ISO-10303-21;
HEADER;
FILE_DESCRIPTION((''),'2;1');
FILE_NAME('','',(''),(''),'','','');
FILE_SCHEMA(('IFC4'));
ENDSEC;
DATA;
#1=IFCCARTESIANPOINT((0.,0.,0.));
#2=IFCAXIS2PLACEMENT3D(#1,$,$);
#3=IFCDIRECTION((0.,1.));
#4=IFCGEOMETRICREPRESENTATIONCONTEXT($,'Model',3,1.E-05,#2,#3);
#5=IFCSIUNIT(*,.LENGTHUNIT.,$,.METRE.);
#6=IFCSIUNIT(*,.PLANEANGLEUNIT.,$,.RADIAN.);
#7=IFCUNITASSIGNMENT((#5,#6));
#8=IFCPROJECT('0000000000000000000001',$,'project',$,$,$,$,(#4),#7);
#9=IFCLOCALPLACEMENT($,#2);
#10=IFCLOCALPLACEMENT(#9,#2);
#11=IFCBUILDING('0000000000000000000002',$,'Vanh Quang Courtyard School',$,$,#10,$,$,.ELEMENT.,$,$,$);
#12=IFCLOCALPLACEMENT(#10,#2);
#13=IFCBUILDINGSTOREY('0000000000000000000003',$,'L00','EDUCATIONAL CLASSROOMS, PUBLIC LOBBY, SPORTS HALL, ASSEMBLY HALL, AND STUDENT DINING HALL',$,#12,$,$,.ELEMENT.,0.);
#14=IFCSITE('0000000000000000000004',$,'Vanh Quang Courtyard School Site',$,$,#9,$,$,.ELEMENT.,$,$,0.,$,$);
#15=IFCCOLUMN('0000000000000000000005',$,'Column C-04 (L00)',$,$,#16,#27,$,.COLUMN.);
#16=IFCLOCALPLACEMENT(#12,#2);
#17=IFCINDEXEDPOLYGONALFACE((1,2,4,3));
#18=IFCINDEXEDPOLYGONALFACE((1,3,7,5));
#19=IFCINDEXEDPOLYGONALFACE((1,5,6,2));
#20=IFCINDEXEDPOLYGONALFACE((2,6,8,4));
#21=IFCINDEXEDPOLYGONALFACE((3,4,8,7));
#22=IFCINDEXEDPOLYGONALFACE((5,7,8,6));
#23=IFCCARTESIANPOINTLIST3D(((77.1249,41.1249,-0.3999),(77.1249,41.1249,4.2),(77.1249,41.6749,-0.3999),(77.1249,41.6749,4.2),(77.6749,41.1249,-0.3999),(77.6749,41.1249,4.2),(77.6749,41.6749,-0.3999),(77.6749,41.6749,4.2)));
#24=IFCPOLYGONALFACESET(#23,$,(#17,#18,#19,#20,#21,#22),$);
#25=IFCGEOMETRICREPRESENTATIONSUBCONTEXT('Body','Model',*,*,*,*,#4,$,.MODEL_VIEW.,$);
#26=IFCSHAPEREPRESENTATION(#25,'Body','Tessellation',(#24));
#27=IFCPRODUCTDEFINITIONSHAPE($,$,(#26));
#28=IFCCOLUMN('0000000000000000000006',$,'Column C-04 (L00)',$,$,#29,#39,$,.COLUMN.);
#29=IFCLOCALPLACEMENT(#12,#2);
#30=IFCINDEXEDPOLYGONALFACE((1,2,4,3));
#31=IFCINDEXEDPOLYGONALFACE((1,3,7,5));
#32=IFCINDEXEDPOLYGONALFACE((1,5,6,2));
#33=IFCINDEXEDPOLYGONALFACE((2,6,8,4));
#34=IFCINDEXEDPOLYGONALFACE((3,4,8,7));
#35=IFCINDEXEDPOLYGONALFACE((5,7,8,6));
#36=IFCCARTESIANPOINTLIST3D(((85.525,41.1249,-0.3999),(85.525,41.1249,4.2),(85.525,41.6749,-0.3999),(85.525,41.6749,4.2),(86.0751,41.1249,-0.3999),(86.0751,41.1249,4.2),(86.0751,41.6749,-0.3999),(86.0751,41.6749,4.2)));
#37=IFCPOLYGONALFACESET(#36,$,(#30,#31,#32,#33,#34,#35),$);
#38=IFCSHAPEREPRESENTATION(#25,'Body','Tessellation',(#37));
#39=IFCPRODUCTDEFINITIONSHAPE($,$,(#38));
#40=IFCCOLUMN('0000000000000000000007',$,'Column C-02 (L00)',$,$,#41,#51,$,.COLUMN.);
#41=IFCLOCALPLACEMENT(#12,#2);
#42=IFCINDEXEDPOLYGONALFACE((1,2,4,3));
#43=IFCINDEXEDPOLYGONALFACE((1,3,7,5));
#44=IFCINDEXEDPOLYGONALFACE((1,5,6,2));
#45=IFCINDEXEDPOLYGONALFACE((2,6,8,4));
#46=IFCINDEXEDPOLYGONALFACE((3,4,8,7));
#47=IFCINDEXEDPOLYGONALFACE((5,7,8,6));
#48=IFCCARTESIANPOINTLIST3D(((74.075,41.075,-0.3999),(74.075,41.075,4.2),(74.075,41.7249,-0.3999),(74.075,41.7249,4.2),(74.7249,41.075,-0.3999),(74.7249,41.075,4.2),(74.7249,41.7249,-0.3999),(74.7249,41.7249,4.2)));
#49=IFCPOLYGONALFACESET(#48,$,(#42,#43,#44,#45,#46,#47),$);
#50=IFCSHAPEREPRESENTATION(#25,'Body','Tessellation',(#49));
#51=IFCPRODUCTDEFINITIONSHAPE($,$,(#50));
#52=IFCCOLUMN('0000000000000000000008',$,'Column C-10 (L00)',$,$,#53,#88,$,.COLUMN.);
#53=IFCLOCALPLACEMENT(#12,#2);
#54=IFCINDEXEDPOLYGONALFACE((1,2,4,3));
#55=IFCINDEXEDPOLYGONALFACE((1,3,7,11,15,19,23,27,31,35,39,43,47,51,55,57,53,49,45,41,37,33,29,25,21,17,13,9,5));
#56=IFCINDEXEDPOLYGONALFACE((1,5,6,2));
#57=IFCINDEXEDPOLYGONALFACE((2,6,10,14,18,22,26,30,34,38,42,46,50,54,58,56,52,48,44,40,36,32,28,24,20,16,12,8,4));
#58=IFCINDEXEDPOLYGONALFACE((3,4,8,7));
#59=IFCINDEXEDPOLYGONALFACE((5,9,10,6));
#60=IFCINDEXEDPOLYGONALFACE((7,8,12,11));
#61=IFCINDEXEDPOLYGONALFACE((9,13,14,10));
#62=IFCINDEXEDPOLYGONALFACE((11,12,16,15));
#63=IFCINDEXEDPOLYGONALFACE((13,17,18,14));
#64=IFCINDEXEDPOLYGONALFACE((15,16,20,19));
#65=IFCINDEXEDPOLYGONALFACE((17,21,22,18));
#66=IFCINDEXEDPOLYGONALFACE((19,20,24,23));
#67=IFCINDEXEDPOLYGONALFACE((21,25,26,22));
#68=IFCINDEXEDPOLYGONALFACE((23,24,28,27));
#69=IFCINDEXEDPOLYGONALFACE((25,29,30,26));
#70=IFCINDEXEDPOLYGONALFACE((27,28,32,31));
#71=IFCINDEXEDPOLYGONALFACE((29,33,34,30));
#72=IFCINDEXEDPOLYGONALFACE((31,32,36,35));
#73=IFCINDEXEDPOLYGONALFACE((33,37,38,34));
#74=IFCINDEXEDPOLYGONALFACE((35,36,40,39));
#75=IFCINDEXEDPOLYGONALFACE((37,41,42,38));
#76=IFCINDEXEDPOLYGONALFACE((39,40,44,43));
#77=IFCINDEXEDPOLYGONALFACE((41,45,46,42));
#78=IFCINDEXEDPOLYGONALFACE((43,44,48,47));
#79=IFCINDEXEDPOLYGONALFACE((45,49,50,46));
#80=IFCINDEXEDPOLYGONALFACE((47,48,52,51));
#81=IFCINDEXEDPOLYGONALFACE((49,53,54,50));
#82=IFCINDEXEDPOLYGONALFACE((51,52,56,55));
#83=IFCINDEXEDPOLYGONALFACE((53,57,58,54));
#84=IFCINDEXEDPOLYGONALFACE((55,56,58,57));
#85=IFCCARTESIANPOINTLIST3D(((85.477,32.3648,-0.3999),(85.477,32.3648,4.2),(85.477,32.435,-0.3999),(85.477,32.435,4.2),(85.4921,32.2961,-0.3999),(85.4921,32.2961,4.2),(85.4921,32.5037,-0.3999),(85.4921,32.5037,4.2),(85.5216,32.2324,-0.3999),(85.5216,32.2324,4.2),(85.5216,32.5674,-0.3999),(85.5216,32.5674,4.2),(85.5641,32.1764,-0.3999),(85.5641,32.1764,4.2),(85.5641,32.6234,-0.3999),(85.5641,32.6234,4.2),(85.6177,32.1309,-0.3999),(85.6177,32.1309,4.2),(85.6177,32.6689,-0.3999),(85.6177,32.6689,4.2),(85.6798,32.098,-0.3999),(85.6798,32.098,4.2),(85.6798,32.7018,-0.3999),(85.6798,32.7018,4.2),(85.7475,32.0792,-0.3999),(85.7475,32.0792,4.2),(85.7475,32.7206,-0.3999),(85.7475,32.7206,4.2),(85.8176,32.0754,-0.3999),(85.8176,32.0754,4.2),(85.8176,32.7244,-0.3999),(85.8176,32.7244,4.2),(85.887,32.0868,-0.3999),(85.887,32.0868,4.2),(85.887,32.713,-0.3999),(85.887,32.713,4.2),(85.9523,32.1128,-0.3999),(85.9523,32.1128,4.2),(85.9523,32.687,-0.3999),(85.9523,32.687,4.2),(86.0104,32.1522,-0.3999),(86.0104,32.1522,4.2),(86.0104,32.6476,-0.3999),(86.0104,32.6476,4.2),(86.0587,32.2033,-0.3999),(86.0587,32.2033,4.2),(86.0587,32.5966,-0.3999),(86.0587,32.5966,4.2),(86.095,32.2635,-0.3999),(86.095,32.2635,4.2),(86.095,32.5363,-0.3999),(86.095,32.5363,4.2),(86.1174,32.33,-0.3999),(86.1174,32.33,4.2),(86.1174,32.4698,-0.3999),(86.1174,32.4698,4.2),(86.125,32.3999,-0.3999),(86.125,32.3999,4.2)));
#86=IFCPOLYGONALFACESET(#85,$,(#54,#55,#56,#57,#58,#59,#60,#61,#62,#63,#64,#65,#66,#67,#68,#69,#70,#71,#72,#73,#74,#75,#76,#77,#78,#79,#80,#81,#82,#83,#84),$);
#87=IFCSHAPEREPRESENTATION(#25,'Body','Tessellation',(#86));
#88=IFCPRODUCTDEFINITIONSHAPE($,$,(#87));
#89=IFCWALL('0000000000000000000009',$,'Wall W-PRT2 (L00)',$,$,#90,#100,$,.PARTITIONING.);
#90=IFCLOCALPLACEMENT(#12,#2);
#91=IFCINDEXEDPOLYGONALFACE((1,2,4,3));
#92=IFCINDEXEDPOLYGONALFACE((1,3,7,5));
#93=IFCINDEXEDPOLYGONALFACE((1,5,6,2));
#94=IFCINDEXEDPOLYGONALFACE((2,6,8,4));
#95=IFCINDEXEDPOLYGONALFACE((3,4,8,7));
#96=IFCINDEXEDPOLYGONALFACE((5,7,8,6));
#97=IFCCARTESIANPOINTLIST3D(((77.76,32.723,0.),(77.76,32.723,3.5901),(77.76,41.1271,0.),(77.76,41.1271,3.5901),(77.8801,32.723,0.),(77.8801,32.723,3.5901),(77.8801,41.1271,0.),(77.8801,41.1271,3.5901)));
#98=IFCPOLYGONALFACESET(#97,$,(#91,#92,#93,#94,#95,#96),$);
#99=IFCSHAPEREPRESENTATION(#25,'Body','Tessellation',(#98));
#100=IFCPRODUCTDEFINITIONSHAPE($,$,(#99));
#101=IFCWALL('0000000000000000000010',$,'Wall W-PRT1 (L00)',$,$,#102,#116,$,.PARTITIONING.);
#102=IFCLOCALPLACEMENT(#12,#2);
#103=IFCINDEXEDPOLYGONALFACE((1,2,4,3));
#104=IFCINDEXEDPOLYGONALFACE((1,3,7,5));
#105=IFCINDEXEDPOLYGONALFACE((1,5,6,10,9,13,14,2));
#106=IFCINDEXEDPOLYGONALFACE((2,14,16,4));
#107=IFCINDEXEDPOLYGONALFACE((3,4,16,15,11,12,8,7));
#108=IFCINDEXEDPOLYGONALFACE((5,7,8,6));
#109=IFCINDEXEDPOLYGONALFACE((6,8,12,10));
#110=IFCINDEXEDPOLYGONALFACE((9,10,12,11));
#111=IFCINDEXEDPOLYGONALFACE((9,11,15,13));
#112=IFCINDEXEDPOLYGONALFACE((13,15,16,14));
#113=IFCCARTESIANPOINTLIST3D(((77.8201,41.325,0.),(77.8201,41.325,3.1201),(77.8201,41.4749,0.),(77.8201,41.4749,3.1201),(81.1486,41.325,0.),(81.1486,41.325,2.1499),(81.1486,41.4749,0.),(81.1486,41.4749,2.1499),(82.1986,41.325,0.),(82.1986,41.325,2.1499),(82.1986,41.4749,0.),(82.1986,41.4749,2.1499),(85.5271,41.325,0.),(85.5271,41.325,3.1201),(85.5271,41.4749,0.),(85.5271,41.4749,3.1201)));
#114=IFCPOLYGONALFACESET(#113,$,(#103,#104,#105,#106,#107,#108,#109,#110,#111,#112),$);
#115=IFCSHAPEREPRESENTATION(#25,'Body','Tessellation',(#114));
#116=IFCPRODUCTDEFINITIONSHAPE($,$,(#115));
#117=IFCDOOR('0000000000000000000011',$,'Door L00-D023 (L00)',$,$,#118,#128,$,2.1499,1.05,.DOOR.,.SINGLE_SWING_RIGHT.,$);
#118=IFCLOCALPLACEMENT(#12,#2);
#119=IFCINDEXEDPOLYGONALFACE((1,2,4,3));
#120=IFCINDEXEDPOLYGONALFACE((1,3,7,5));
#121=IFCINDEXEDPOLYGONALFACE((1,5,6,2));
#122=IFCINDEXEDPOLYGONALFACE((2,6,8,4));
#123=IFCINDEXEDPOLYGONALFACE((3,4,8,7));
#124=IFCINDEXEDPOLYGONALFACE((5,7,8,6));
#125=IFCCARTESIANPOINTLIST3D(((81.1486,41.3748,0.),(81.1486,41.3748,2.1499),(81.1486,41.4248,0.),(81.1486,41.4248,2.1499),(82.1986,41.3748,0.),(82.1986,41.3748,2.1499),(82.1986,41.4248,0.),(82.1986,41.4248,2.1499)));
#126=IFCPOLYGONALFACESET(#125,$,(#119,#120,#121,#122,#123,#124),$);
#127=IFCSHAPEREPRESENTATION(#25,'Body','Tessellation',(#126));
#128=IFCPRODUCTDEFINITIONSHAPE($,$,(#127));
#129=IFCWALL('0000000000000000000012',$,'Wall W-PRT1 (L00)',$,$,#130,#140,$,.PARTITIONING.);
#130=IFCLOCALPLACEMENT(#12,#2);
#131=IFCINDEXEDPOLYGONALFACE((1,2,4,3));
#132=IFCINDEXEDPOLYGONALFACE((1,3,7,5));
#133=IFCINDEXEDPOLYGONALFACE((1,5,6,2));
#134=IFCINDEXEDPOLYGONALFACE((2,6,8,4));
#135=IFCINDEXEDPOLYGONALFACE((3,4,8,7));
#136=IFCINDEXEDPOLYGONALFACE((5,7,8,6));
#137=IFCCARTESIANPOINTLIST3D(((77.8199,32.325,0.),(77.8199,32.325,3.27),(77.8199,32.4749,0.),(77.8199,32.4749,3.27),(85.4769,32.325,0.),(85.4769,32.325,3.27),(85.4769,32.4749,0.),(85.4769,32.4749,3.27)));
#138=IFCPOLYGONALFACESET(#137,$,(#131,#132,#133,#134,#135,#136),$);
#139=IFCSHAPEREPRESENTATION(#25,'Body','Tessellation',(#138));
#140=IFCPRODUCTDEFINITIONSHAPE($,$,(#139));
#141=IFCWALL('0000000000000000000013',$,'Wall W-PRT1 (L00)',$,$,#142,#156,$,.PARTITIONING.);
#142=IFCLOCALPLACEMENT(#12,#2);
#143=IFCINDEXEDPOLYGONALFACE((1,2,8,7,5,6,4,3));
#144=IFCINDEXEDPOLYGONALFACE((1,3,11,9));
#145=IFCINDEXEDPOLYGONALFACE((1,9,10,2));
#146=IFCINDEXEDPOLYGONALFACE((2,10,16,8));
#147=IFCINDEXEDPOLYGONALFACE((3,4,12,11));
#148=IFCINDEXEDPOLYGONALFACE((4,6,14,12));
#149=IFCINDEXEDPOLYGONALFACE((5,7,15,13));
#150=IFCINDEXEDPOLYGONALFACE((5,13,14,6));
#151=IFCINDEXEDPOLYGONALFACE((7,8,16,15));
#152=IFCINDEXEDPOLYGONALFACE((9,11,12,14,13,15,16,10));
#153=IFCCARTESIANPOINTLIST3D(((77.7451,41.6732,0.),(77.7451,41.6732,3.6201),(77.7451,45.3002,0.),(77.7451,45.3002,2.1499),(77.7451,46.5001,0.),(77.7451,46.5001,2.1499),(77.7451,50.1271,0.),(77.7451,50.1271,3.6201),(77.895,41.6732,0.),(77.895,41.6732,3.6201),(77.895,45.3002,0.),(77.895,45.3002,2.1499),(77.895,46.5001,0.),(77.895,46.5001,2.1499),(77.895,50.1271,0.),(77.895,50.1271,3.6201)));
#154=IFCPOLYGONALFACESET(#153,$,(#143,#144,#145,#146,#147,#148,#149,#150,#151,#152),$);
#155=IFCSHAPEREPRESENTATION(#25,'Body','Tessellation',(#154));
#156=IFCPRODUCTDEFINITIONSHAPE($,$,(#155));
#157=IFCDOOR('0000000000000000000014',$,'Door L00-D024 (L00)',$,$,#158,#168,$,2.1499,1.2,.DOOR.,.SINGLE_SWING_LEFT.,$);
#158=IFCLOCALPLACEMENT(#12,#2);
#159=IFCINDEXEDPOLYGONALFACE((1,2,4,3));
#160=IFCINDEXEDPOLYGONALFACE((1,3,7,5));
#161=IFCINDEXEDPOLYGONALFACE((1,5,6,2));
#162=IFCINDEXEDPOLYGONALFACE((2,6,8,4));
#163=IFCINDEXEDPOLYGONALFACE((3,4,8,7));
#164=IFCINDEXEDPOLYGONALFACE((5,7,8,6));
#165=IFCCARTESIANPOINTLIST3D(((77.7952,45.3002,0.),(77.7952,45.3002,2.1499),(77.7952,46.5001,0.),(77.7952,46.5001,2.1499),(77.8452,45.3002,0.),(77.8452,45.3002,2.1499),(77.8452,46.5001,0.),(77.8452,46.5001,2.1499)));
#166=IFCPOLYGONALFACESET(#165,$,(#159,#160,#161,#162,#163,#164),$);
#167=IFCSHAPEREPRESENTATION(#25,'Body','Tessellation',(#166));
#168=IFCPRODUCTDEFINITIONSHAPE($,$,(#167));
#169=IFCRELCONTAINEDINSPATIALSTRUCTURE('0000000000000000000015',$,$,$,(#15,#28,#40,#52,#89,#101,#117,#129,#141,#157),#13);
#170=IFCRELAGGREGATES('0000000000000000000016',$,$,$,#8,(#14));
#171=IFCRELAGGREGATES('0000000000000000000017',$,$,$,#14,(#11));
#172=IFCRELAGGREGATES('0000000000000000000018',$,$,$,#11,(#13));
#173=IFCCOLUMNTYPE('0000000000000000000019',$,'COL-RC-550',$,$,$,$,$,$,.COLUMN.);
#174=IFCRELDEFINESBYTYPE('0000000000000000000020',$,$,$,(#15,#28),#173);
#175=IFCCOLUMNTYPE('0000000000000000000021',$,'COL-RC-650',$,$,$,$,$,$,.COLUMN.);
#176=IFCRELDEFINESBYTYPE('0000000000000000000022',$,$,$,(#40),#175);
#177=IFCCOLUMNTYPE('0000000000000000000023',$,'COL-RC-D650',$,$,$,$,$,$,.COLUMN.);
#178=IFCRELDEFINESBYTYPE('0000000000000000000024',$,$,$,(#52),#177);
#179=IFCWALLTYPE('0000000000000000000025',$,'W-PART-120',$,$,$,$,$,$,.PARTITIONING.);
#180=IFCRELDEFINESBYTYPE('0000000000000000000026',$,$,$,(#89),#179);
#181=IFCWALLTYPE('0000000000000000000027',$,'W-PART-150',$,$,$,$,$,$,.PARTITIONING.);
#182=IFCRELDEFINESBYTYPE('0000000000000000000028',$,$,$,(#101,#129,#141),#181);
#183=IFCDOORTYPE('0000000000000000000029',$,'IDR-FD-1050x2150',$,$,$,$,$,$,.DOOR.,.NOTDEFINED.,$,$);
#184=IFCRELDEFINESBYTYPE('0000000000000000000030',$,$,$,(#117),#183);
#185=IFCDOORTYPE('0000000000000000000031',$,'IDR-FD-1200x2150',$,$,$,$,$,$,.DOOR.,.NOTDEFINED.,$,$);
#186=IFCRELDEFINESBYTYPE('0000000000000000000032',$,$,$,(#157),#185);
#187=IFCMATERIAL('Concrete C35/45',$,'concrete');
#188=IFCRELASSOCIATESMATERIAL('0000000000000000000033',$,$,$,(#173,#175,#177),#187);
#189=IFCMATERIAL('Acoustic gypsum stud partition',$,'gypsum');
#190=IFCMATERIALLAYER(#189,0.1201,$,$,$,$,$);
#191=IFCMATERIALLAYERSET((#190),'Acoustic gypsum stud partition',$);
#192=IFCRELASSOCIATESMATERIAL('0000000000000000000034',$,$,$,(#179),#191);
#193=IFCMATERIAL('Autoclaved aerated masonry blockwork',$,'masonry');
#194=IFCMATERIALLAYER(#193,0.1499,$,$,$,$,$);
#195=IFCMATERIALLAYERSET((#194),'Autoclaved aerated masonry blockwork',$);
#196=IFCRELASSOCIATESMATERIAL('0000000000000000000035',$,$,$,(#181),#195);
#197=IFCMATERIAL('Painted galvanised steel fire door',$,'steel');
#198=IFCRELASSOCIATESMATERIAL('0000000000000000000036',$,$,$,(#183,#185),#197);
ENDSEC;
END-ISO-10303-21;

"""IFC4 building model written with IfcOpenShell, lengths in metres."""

from ifc_helpers import new_model, si_unit, direction, frame, frame_2d, origin, origin_2d, place, context, subcontext, project, spatial, rectangle, circle, extrude, material, layer, layer_set, material_profile, profile_set, type_object, element, fill, save


model = new_model("IFC4")

# Units and contexts
model_context = context("Model", 3, precision=1e-05, world=origin(), true_north=direction((0.0, 1.0)))
body_context = subcontext(model_context, "Body", "Model", "MODEL_VIEW")
ifc_project = project(units=[si_unit("LENGTHUNIT", "METRE"), si_unit("PLANEANGLEUNIT", "RADIAN")], contexts=[model_context])

# Site, building, storey
site_placement = place(None, origin())
site = spatial("IfcSite", under=ifc_project, at=site_placement, Name="Vanh Quang Courtyard School Site", CompositionType="ELEMENT", RefElevation=0.0)
building_placement = place(site_placement, origin())
building = spatial("IfcBuilding", under=site, at=building_placement, Name="Vanh Quang Courtyard School", CompositionType="ELEMENT")
storey_placement = place(building_placement, origin())
storey = spatial("IfcBuildingStorey", under=building, at=storey_placement, Name="L00", Description="EDUCATIONAL CLASSROOMS, PUBLIC LOBBY, SPORTS HALL, ASSEMBLY HALL, AND STUDENT DINING HALL", CompositionType="ELEMENT", Elevation=0.0)

# Shared definitions
ifc_material_1 = material(Name="Concrete C35/45", Category="concrete")

# Columns
ifc_material_profile_1 = material_profile(ifc_material_1, rectangle(XDim=0.55, YDim=0.55, at=origin_2d()), Name="RC-COL 550x550")
ifc_profile_set_1 = profile_set([ifc_material_profile_1], Name="Concrete C35/45")
column_type_1 = type_object("IfcColumnType", Name="COL-RC-550", PredefinedType="COLUMN", material=ifc_profile_set_1)
for number, where, z_axis, x_axis, name in (
    (1, (77.3999, 41.3999, -0.3999), (0.0, 0.0, 1.0), (1.0, 0.0, 0.0), "Column C-04 (L00)"),
    (2, (85.8, 41.3999, -0.3999), (0.0, 0.0, 1.0), (1.0, 0.0, 0.0), "Column C-04 (L00)"),
):
    element("IfcColumn", number, at=place(storey_placement, frame(where, z_axis=z_axis, x_axis=x_axis)), inside=storey, type_object=column_type_1, Name=name, PredefinedType="COLUMN", context=body_context, shape_type="SweptSolid", body=[
        extrude(rectangle(XDim=0.55, YDim=0.55, at=origin_2d()), origin(), (0.0, 0.0, 1.0), 4.5999),
    ])
ifc_material_profile_2 = material_profile(ifc_material_1, rectangle(XDim=0.6499, YDim=0.6499, at=origin_2d()), Name="RC-COL 650x650")
ifc_profile_set_2 = profile_set([ifc_material_profile_2], Name="Concrete C35/45")
column_type_2 = type_object("IfcColumnType", Name="COL-RC-650", PredefinedType="COLUMN", material=ifc_profile_set_2)
column_1_placement = place(storey_placement, frame((74.3999, 41.3999, -0.3999), z_axis=(0.0, 0.0, 1.0), x_axis=(1.0, 0.0, 0.0)))
element("IfcColumn", 3, at=column_1_placement, inside=storey, type_object=column_type_2, Name="Column C-02 (L00)", PredefinedType="COLUMN", context=body_context, shape_type="SweptSolid", body=[
    extrude(rectangle(XDim=0.6499, YDim=0.6499, at=origin_2d()), origin(), (0.0, 0.0, 1.0), 4.5999),
])
ifc_material_profile_3 = material_profile(ifc_material_1, circle(Radius=0.325, at=origin_2d()), Name="RC-COL D650")
ifc_profile_set_3 = profile_set([ifc_material_profile_3], Name="Concrete C35/45")
column_type_3 = type_object("IfcColumnType", Name="COL-RC-D650", PredefinedType="COLUMN", material=ifc_profile_set_3)
column_2_placement = place(storey_placement, frame((85.8, 32.3999, -0.3999), z_axis=(0.0, 0.0, 1.0), x_axis=(1.0, 0.0, 0.0)))
element("IfcColumn", 4, at=column_2_placement, inside=storey, type_object=column_type_3, Name="Column C-10 (L00)", PredefinedType="COLUMN", context=body_context, shape_type="SweptSolid", body=[
    extrude(circle(Radius=0.325, at=origin_2d()), origin(), (0.0, 0.0, 1.0), 4.5999),
])

# Wall
ifc_material_2 = material(Name="Acoustic gypsum stud partition", Category="gypsum")
ifc_layer_1 = layer(ifc_material_2, 0.1201)
ifc_layer_set_1 = layer_set([ifc_layer_1], Name="Acoustic gypsum stud partition")
wall_type_1 = type_object("IfcWallType", Name="W-PART-120", PredefinedType="PARTITIONING", material=ifc_layer_set_1)
wall_1_placement = place(storey_placement, frame((77.8201, 32.7229, 0.0), z_axis=(0.0, 0.0, 1.0), x_axis=(0.0, 1.0, 0.0)))
element("IfcWall", 5, at=wall_1_placement, inside=storey, type_object=wall_type_1, Name="Wall W-PRT2 (L00)", PredefinedType="PARTITIONING", context=body_context, shape_type="SweptSolid", body=[
    extrude(rectangle(XDim=8.4041, YDim=0.1201, at=frame_2d((4.2021, 0.0))), origin(), (0.0, 0.0, 1.0), 3.5901),
])

# Wall, opening, door
ifc_material_3 = material(Name="Autoclaved aerated masonry blockwork", Category="masonry")
ifc_layer_2 = layer(ifc_material_3, 0.1499)
ifc_layer_set_2 = layer_set([ifc_layer_2], Name="Autoclaved aerated masonry blockwork")
wall_type_2 = type_object("IfcWallType", Name="W-PART-150", PredefinedType="PARTITIONING", material=ifc_layer_set_2)
wall_2_placement = place(storey_placement, frame((77.8201, 41.3999, 0.0), z_axis=(0.0, 0.0, 1.0), x_axis=(1.0, 0.0, 0.0)))
wall_2 = element("IfcWall", 6, at=wall_2_placement, inside=storey, type_object=wall_type_2, Name="Wall W-PRT1 (L00)", PredefinedType="PARTITIONING", context=body_context, shape_type="SweptSolid", body=[
    extrude(rectangle(XDim=7.707, YDim=0.1499, at=frame_2d((3.8535, 0.0))), origin(), (0.0, 0.0, 1.0), 3.1201),
])
opening_1_placement = place(wall_2_placement, frame((3.3286, 0.0, 0.0)))
opening_1 = element("IfcOpeningElement", 7, at=opening_1_placement, cuts=wall_2, PredefinedType="OPENING", context=body_context, shape_type="SweptSolid", body=[
    extrude(rectangle(XDim=1.05, YDim=2.1499, at=frame_2d((0.5249, 1.075))), frame((0.0, 0.085, 0.0), z_axis=(0.0, -1.0, 0.0), x_axis=(1.0, 0.0, 0.0)), (0.0, 0.0, 1.0), 0.1699),
])
ifc_material_4 = material(Name="Painted galvanised steel fire door", Category="steel")
door_type_1 = type_object("IfcDoorType", Name="IDR-FD-1050x2150", OperationType="NOTDEFINED", PredefinedType="DOOR", material=ifc_material_4)
door_1_placement = place(opening_1_placement, origin())
door_1 = element("IfcDoor", 8, at=door_1_placement, inside=storey, type_object=door_type_1, Name="Door L00-D023 (L00)", OperationType="SINGLE_SWING_RIGHT", OverallHeight=2.1499, OverallWidth=1.05, PredefinedType="DOOR", context=body_context, shape_type="SweptSolid", body=[
    extrude(rectangle(XDim=1.05, YDim=2.1499, at=frame_2d((0.5249, 1.075))), frame((0.0, 0.0249, 0.0), z_axis=(0.0, -1.0, 0.0), x_axis=(1.0, 0.0, 0.0)), (0.0, 0.0, 1.0), 0.05),
])
fill(opening_1, door_1)

# Wall
wall_3_placement = place(storey_placement, frame((85.4771, 32.3999, 0.0), z_axis=(0.0, 0.0, 1.0), x_axis=(-1.0, 0.0, 0.0)))
element("IfcWall", 9, at=wall_3_placement, inside=storey, type_object=wall_type_2, Name="Wall W-PRT1 (L00)", PredefinedType="PARTITIONING", context=body_context, shape_type="SweptSolid", body=[
    extrude(rectangle(XDim=7.657, YDim=0.1499, at=frame_2d((3.8286, 0.0))), origin(), (0.0, 0.0, 1.0), 3.27),
])

# Wall, opening, door
wall_4_placement = place(storey_placement, frame((77.8201, 41.6731, 0.0), z_axis=(0.0, 0.0, 1.0), x_axis=(0.0, 1.0, 0.0)))
wall_4 = element("IfcWall", 10, at=wall_4_placement, inside=storey, type_object=wall_type_2, Name="Wall W-PRT1 (L00)", PredefinedType="PARTITIONING", context=body_context, shape_type="SweptSolid", body=[
    extrude(rectangle(XDim=8.4539, YDim=0.1499, at=frame_2d((4.2271, 0.0))), origin(), (0.0, 0.0, 1.0), 3.6201),
])
opening_2_placement = place(wall_4_placement, frame((3.627, 0.0, 0.0)))
opening_2 = element("IfcOpeningElement", 11, at=opening_2_placement, cuts=wall_4, PredefinedType="OPENING", context=body_context, shape_type="SweptSolid", body=[
    extrude(rectangle(XDim=1.2, YDim=2.1499, at=frame_2d((0.6001, 1.075))), frame((0.0, 0.085, 0.0), z_axis=(0.0, -1.0, 0.0), x_axis=(1.0, 0.0, 0.0)), (0.0, 0.0, 1.0), 0.1699),
])
door_type_2 = type_object("IfcDoorType", Name="IDR-FD-1200x2150", OperationType="NOTDEFINED", PredefinedType="DOOR", material=ifc_material_4)
door_2_placement = place(opening_2_placement, origin())
door_2 = element("IfcDoor", 12, at=door_2_placement, inside=storey, type_object=door_type_2, Name="Door L00-D024 (L00)", OperationType="SINGLE_SWING_LEFT", OverallHeight=2.1499, OverallWidth=1.2, PredefinedType="DOOR", context=body_context, shape_type="SweptSolid", body=[
    extrude(rectangle(XDim=1.2, YDim=2.1499, at=frame_2d((0.6001, 1.075))), frame((0.0, 0.0249, 0.0), z_axis=(0.0, -1.0, 0.0), x_axis=(1.0, 0.0, 0.0)), (0.0, 0.0, 1.0), 0.05),
])
fill(opening_2, door_2)

save(model, "model.ifc")
